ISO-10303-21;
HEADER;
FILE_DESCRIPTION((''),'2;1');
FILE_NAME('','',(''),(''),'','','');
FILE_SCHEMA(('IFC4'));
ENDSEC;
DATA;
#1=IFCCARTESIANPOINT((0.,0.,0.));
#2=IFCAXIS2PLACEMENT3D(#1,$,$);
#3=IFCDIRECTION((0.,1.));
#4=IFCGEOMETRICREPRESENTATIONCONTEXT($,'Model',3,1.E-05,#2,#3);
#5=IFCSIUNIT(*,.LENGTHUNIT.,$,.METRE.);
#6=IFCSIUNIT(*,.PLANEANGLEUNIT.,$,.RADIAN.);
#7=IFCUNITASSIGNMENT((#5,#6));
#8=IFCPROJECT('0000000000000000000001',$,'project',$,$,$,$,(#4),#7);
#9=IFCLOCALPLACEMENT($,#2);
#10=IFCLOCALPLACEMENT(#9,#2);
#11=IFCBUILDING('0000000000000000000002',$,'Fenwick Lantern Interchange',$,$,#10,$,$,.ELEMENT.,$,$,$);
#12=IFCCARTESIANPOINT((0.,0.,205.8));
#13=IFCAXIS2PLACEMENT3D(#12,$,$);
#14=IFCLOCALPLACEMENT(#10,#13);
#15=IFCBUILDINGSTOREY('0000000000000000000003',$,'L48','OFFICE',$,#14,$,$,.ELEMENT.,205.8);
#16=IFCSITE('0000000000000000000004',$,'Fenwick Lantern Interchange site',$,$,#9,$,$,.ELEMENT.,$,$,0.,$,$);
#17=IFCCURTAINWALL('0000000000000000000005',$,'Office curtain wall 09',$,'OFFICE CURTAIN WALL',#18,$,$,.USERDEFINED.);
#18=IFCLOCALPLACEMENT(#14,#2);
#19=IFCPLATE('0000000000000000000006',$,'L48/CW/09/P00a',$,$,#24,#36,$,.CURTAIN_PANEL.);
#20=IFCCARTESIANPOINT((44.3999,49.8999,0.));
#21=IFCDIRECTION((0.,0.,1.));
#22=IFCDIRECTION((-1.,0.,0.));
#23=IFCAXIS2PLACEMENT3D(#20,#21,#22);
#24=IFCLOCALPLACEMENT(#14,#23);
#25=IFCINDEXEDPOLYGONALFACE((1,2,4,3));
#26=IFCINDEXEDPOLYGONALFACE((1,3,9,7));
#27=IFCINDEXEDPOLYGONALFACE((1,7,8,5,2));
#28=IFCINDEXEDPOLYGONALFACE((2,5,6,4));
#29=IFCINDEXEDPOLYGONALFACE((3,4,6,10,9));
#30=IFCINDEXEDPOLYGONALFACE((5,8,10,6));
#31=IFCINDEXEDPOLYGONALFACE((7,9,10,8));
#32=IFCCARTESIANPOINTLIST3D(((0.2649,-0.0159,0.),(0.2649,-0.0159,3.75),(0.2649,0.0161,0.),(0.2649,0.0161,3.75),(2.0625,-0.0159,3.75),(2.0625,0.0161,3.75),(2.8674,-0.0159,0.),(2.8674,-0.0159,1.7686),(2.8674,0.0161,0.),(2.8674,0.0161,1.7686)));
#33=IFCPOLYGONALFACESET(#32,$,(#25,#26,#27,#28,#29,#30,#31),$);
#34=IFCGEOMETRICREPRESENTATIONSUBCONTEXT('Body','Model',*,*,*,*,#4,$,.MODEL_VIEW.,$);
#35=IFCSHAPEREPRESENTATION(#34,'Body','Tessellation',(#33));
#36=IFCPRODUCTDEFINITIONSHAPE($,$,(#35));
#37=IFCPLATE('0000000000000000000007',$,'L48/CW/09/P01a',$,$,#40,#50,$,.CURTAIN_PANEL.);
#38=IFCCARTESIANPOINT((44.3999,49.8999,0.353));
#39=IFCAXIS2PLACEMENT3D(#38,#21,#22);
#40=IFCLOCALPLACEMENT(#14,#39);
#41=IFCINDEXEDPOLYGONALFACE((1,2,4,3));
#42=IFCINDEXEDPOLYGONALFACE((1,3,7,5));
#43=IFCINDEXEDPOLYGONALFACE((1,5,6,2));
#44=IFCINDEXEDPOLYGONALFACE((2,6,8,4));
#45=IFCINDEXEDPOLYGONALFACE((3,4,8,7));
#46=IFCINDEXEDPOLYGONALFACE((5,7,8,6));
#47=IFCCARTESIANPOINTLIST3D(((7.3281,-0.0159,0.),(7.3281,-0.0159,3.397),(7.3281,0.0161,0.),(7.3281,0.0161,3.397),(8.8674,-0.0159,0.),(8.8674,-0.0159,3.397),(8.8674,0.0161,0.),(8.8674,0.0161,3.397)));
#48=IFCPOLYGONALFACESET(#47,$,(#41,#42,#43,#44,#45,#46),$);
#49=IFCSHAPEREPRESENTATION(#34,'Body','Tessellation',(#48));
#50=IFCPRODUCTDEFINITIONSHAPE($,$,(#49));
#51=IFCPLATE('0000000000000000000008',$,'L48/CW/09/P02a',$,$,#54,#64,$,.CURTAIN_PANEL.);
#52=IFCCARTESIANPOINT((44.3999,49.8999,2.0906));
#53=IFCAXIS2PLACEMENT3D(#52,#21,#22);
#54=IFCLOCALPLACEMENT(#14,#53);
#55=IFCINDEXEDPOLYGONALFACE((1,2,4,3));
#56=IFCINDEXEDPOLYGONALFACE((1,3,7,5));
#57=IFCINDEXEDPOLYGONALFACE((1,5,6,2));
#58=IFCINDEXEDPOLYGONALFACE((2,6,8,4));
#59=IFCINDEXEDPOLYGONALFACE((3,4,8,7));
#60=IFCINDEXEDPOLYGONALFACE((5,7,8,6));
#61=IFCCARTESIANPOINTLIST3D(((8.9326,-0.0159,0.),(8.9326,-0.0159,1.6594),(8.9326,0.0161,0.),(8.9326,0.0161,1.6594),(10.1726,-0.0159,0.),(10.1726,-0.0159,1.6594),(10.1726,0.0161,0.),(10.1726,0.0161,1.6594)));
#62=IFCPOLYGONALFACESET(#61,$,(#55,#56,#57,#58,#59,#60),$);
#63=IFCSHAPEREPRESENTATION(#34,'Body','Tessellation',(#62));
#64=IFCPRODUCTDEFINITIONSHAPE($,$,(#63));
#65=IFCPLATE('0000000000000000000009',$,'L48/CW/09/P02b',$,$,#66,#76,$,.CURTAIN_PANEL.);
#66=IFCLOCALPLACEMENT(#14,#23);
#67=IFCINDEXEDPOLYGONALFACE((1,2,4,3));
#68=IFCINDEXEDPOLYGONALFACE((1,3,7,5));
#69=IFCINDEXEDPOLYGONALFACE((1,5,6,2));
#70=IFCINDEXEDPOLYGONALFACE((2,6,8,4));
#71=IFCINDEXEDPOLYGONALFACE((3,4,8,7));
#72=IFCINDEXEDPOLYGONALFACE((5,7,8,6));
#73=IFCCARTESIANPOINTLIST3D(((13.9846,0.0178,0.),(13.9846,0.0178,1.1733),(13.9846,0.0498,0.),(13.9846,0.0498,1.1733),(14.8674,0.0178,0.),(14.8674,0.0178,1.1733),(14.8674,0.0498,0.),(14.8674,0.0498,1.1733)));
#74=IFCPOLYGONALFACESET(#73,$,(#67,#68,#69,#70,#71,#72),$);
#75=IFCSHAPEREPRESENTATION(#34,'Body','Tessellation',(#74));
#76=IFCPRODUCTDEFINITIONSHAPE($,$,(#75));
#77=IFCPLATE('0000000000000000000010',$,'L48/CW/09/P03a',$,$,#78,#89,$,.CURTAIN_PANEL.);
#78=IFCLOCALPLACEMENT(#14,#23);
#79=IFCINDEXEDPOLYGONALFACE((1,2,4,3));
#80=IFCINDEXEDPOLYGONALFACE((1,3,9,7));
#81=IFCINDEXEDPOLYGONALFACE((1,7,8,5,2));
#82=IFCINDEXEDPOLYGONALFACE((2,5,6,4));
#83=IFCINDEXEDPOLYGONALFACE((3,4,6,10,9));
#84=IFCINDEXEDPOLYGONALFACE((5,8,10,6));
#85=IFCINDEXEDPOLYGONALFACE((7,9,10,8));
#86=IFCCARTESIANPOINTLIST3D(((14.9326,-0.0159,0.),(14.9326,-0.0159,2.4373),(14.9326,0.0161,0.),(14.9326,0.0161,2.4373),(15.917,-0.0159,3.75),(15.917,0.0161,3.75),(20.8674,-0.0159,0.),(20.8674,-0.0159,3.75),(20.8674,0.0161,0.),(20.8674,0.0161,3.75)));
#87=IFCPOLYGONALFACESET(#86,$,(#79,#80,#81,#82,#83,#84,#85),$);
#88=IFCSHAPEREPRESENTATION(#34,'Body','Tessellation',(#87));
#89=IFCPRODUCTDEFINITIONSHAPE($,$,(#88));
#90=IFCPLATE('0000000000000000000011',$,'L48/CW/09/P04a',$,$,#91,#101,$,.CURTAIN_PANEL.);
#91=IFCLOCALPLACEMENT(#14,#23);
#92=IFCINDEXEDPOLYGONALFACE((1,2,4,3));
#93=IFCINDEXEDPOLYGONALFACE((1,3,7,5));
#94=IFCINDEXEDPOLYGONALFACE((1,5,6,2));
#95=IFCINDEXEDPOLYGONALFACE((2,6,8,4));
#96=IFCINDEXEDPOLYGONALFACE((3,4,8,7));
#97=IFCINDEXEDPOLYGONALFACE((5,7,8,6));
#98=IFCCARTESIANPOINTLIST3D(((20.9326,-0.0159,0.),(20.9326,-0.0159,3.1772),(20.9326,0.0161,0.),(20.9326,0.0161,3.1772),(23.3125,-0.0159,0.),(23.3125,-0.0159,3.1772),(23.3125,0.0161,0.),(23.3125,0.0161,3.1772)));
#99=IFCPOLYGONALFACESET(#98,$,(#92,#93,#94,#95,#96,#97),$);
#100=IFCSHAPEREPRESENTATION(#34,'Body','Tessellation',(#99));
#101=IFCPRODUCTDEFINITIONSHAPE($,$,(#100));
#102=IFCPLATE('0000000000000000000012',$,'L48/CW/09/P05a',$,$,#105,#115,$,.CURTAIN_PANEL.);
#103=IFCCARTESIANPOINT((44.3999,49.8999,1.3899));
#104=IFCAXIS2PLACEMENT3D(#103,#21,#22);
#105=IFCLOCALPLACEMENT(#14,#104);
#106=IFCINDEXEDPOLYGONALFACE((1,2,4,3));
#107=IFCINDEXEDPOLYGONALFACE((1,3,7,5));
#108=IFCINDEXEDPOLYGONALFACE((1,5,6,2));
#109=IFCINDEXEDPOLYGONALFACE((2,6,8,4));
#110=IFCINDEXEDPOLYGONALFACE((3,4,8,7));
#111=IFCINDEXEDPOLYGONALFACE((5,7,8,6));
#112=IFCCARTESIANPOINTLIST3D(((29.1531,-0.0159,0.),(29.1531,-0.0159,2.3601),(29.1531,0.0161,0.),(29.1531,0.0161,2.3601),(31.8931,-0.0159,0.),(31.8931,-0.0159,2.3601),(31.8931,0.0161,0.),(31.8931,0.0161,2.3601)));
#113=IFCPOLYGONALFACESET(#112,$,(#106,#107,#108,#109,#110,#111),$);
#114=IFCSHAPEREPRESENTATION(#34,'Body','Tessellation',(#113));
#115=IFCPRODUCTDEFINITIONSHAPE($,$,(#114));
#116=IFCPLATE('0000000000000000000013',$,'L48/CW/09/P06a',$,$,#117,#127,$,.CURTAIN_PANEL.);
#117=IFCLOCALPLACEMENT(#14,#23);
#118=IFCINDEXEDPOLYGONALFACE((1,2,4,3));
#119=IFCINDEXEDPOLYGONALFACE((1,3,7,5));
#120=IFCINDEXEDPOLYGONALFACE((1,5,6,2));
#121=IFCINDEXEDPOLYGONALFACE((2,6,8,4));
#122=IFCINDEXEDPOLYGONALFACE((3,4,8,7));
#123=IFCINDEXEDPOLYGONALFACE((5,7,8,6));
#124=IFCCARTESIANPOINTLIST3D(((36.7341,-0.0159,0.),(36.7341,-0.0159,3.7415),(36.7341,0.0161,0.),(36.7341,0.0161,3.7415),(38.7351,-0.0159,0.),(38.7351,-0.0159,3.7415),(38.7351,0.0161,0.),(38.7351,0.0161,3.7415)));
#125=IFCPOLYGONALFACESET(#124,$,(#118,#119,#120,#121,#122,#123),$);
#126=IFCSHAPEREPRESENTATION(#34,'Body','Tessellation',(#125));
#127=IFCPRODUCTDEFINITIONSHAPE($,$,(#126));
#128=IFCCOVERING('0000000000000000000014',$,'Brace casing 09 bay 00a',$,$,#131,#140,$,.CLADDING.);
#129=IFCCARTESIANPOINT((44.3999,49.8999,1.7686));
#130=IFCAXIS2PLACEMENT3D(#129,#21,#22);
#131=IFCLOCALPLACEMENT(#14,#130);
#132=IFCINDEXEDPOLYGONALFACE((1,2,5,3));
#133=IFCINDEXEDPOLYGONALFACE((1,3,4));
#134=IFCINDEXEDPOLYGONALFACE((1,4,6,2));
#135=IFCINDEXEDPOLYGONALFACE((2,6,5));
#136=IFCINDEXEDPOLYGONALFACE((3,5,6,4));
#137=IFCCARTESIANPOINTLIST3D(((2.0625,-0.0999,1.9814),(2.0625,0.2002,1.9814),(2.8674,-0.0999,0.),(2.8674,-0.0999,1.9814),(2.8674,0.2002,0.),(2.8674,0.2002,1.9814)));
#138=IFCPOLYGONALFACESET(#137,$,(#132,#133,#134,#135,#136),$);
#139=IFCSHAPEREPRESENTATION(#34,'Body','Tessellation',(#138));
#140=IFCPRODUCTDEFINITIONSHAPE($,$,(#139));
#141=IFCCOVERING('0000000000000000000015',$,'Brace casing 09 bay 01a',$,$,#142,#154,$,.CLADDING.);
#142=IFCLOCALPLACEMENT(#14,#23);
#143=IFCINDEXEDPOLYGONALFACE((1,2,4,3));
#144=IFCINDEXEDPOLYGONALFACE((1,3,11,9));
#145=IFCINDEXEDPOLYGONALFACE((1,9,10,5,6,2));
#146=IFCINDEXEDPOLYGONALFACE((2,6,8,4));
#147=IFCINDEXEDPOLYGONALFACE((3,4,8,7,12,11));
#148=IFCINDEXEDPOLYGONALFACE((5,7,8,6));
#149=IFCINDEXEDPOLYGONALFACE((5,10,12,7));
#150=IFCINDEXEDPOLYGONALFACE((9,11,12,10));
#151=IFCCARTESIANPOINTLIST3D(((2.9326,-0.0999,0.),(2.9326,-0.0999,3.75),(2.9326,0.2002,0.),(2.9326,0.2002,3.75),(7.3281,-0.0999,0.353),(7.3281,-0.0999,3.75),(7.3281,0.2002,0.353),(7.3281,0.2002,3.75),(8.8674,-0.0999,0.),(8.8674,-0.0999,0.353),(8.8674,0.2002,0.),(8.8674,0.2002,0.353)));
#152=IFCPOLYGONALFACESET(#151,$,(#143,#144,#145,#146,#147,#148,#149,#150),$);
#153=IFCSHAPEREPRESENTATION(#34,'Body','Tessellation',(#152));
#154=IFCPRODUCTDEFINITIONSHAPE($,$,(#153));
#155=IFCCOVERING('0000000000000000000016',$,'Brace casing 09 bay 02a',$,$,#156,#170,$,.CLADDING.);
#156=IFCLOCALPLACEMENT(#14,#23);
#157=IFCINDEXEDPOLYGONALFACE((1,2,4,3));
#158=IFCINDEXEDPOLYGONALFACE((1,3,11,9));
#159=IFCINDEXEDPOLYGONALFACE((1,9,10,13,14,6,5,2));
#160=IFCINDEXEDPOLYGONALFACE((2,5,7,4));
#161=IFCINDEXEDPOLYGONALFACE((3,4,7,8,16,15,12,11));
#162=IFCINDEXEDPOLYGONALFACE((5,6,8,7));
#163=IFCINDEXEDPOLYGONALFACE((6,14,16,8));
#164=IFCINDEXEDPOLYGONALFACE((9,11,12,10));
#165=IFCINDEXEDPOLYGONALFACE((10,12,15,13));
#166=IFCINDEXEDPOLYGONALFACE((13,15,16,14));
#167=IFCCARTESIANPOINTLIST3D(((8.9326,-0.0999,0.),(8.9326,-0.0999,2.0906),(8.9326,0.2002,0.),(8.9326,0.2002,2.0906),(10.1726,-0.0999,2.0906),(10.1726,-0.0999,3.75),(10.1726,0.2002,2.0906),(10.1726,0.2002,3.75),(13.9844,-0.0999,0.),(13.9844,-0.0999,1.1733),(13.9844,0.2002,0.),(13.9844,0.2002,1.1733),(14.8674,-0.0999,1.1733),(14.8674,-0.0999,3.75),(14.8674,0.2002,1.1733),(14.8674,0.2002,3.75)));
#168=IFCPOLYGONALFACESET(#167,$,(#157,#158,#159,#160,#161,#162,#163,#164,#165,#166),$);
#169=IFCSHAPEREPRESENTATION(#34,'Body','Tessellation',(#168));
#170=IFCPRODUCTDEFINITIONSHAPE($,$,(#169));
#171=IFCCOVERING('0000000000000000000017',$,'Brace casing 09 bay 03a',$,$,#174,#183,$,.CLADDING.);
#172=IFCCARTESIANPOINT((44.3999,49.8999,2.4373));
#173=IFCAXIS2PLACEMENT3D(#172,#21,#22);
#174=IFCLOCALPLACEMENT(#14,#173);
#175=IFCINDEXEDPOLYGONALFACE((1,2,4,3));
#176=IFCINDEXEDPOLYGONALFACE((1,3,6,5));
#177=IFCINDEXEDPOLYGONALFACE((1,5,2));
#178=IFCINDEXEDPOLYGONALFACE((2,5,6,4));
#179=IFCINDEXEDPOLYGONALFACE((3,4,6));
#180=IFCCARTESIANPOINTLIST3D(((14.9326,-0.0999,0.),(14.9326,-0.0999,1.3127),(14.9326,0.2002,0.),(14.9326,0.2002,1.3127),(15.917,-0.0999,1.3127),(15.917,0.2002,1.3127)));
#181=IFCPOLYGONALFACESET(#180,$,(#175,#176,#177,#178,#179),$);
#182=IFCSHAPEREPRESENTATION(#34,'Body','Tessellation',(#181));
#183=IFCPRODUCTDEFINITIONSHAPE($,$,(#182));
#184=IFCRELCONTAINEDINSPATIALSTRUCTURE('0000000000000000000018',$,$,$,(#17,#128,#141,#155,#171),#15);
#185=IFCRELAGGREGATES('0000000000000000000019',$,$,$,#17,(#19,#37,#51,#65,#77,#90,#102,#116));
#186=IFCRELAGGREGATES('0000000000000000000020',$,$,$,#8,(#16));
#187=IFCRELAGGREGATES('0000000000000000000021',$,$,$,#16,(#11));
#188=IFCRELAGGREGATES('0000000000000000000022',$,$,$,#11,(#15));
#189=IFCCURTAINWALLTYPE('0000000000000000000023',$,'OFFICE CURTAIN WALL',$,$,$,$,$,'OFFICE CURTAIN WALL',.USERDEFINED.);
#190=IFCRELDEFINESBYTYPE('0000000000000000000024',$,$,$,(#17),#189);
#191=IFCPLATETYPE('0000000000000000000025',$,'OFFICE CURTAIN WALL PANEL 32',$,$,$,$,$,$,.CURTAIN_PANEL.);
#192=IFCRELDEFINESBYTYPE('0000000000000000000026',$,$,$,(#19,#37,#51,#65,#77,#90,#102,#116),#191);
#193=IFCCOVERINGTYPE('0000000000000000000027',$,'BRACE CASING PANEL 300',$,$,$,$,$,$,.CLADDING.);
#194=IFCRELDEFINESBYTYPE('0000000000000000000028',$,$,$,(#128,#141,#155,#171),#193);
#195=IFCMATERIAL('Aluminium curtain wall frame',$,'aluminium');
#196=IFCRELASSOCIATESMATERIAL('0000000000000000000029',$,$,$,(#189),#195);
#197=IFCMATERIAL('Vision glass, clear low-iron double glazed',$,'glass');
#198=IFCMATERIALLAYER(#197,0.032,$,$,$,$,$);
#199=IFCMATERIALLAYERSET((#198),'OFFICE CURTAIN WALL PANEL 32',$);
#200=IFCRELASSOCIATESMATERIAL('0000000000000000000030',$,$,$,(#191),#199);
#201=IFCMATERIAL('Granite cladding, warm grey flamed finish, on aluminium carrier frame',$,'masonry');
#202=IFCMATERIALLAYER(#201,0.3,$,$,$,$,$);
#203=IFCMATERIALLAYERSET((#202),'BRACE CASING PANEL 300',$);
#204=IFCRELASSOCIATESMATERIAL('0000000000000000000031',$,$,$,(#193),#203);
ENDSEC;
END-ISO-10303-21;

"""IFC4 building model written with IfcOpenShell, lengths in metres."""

from ifc_helpers import new_model, si_unit, direction, frame, origin, place, context, subcontext, project, spatial, polyline, outline, extrude, material, layer, layer_set, type_object, element, aggregate, save


model = new_model("IFC4")

# Units and contexts
model_context = context("Model", 3, precision=1e-05, world=origin(), true_north=direction((0.0, 1.0)))
body_context = subcontext(model_context, "Body", "Model", "MODEL_VIEW")
ifc_project = project(units=[si_unit("LENGTHUNIT", "METRE"), si_unit("PLANEANGLEUNIT", "RADIAN")], contexts=[model_context])

# Site, building, storey
site_placement = place(None, origin())
site = spatial("IfcSite", under=ifc_project, at=site_placement, Name="Fenwick Lantern Interchange site", CompositionType="ELEMENT", RefElevation=0.0)
building_placement = place(site_placement, origin())
building = spatial("IfcBuilding", under=site, at=building_placement, Name="Fenwick Lantern Interchange", CompositionType="ELEMENT")
storey_placement = place(building_placement, frame((0.0, 0.0, 205.8)))
storey = spatial("IfcBuildingStorey", under=building, at=storey_placement, Name="L48", Description="OFFICE", CompositionType="ELEMENT", Elevation=205.8)

# Shared definitions
ifc_material_1 = material(Name="Aluminium curtain wall frame", Category="aluminium")
curtain_wall_type = type_object("IfcCurtainWallType", Name="OFFICE CURTAIN WALL", ElementType="OFFICE CURTAIN WALL", PredefinedType="USERDEFINED", material=ifc_material_1)

# Curtain wall
curtain_wall_1_placement = place(storey_placement, origin())
curtain_wall_1 = element("IfcCurtainWall", 1, at=curtain_wall_1_placement, inside=storey, type_object=curtain_wall_type, Name="Office curtain wall 09", ObjectType="OFFICE CURTAIN WALL", PredefinedType="USERDEFINED")

# Plates
ifc_material_2 = material(Name="Vision glass, clear low-iron double glazed", Category="glass")
ifc_layer_1 = layer(ifc_material_2, 0.032)
ifc_layer_set_1 = layer_set([ifc_layer_1], Name="OFFICE CURTAIN WALL PANEL 32")
plate_type = type_object("IfcPlateType", Name="OFFICE CURTAIN WALL PANEL 32", PredefinedType="CURTAIN_PANEL", material=ifc_layer_set_1)
plate_1_placement = place(storey_placement, frame((44.3999, 49.8999, 0.0), z_axis=(0.0, 0.0, 1.0), x_axis=(-1.0, 0.0, 0.0)))
plate_1 = element("IfcPlate", 2, at=plate_1_placement, type_object=plate_type, Name="L48/CW/09/P00a", PredefinedType="CURTAIN_PANEL", context=body_context, shape_type="SweptSolid", body=[
    extrude(outline(polyline([(0.2649, 0.0), (2.8674, 0.0), (2.8674, 1.7686), (2.0625, 3.75), (0.2649, 3.75), (0.2649, 0.0)])), frame((0.0, 0.0161, 0.0), z_axis=(0.0, -1.0, 0.0), x_axis=(1.0, 0.0, 0.0)), (0.0, 0.0, 1.0), 0.032),
])
plate_2_placement = place(storey_placement, frame((44.3999, 49.8999, 0.353), z_axis=(0.0, 0.0, 1.0), x_axis=(-1.0, 0.0, 0.0)))
plate_2 = element("IfcPlate", 3, at=plate_2_placement, type_object=plate_type, Name="L48/CW/09/P01a", PredefinedType="CURTAIN_PANEL", context=body_context, shape_type="SweptSolid", body=[
    extrude(outline(polyline([(7.3281, 0.0), (8.8674, 0.0), (8.8674, 3.397), (7.3281, 3.397), (7.3281, 0.0)])), frame((0.0, 0.0161, 0.0), z_axis=(0.0, -1.0, 0.0), x_axis=(1.0, 0.0, 0.0)), (0.0, 0.0, 1.0), 0.032),
])
plate_3_placement = place(storey_placement, frame((44.3999, 49.8999, 2.0906), z_axis=(0.0, 0.0, 1.0), x_axis=(-1.0, 0.0, 0.0)))
plate_3 = element("IfcPlate", 4, at=plate_3_placement, type_object=plate_type, Name="L48/CW/09/P02a", PredefinedType="CURTAIN_PANEL", context=body_context, shape_type="SweptSolid", body=[
    extrude(outline(polyline([(8.9326, 0.0), (10.1726, 0.0), (10.1726, 1.6594), (8.9326, 1.6594), (8.9326, 0.0)])), frame((0.0, 0.0161, 0.0), z_axis=(0.0, -1.0, 0.0), x_axis=(1.0, 0.0, 0.0)), (0.0, 0.0, 1.0), 0.032),
])
plate_4_placement = place(storey_placement, frame((44.3999, 49.8999, 0.0), z_axis=(0.0, 0.0, 1.0), x_axis=(-1.0, 0.0, 0.0)))
plate_4 = element("IfcPlate", 5, at=plate_4_placement, type_object=plate_type, Name="L48/CW/09/P02b", PredefinedType="CURTAIN_PANEL", context=body_context, shape_type="SweptSolid", body=[
    extrude(outline(polyline([(13.9846, 0.0), (14.8674, 0.0), (14.8674, 1.1733), (13.9846, 1.1733), (13.9846, 0.0)])), frame((0.0, 0.0498, 0.0), z_axis=(0.0, -1.0, 0.0), x_axis=(1.0, 0.0, 0.0)), (0.0, 0.0, 1.0), 0.032),
])
plate_5_placement = place(storey_placement, frame((44.3999, 49.8999, 0.0), z_axis=(0.0, 0.0, 1.0), x_axis=(-1.0, 0.0, 0.0)))
plate_5 = element("IfcPlate", 6, at=plate_5_placement, type_object=plate_type, Name="L48/CW/09/P03a", PredefinedType="CURTAIN_PANEL", context=body_context, shape_type="SweptSolid", body=[
    extrude(outline(polyline([(14.9326, 0.0), (20.8674, 0.0), (20.8674, 3.75), (15.917, 3.75), (14.9326, 2.4373), (14.9326, 0.0)])), frame((0.0, 0.0161, 0.0), z_axis=(0.0, -1.0, 0.0), x_axis=(1.0, 0.0, 0.0)), (0.0, 0.0, 1.0), 0.032),
])
plate_6_placement = place(storey_placement, frame((44.3999, 49.8999, 0.0), z_axis=(0.0, 0.0, 1.0), x_axis=(-1.0, 0.0, 0.0)))
plate_6 = element("IfcPlate", 7, at=plate_6_placement, type_object=plate_type, Name="L48/CW/09/P04a", PredefinedType="CURTAIN_PANEL", context=body_context, shape_type="SweptSolid", body=[
    extrude(outline(polyline([(20.9326, 0.0), (23.3125, 0.0), (23.3125, 3.1772), (20.9326, 3.1772), (20.9326, 0.0)])), frame((0.0, 0.0161, 0.0), z_axis=(0.0, -1.0, 0.0), x_axis=(1.0, 0.0, 0.0)), (0.0, 0.0, 1.0), 0.032),
])
plate_7_placement = place(storey_placement, frame((44.3999, 49.8999, 1.3899), z_axis=(0.0, 0.0, 1.0), x_axis=(-1.0, 0.0, 0.0)))
plate_7 = element("IfcPlate", 8, at=plate_7_placement, type_object=plate_type, Name="L48/CW/09/P05a", PredefinedType="CURTAIN_PANEL", context=body_context, shape_type="SweptSolid", body=[
    extrude(outline(polyline([(29.1531, 0.0), (31.8931, 0.0), (31.8931, 2.3601), (29.1531, 2.3601), (29.1531, 0.0)])), frame((0.0, 0.0161, 0.0), z_axis=(0.0, -1.0, 0.0), x_axis=(1.0, 0.0, 0.0)), (0.0, 0.0, 1.0), 0.032),
])
plate_8_placement = place(storey_placement, frame((44.3999, 49.8999, 0.0), z_axis=(0.0, 0.0, 1.0), x_axis=(-1.0, 0.0, 0.0)))
plate_8 = element("IfcPlate", 9, at=plate_8_placement, type_object=plate_type, Name="L48/CW/09/P06a", PredefinedType="CURTAIN_PANEL", context=body_context, shape_type="SweptSolid", body=[
    extrude(outline(polyline([(36.7341, 0.0), (38.7351, 0.0), (38.7351, 3.7415), (36.7341, 3.7415), (36.7341, 0.0)])), frame((0.0, 0.0161, 0.0), z_axis=(0.0, -1.0, 0.0), x_axis=(1.0, 0.0, 0.0)), (0.0, 0.0, 1.0), 0.032),
])
aggregate(curtain_wall_1, [plate_1, plate_2, plate_3, plate_4, plate_5, plate_6, plate_7, plate_8])

# Coverings
ifc_material_3 = material(Name="Granite cladding, warm grey flamed finish, on aluminium carrier frame", Category="masonry")
ifc_layer_2 = layer(ifc_material_3, 0.3)
ifc_layer_set_2 = layer_set([ifc_layer_2], Name="BRACE CASING PANEL 300")
covering_type = type_object("IfcCoveringType", Name="BRACE CASING PANEL 300", PredefinedType="CLADDING", material=ifc_layer_set_2)
covering_1_placement = place(storey_placement, frame((44.3999, 49.8999, 1.7686), z_axis=(0.0, 0.0, 1.0), x_axis=(-1.0, 0.0, 0.0)))
element("IfcCovering", 10, at=covering_1_placement, inside=storey, type_object=covering_type, Name="Brace casing 09 bay 00a", PredefinedType="CLADDING", context=body_context, shape_type="SweptSolid", body=[
    extrude(outline(polyline([(2.8674, 0.0), (2.8674, 1.9814), (2.0625, 1.9814), (2.8674, 0.0)])), frame((0.0, 0.2002, 0.0), z_axis=(0.0, -1.0, 0.0), x_axis=(1.0, 0.0, 0.0)), (0.0, 0.0, 1.0), 0.3),
])
covering_2_placement = place(storey_placement, frame((44.3999, 49.8999, 0.0), z_axis=(0.0, 0.0, 1.0), x_axis=(-1.0, 0.0, 0.0)))
element("IfcCovering", 11, at=covering_2_placement, inside=storey, type_object=covering_type, Name="Brace casing 09 bay 01a", PredefinedType="CLADDING", context=body_context, shape_type="SweptSolid", body=[
    extrude(outline(polyline([(2.9326, 0.0), (8.8674, 0.0), (8.8674, 0.353), (7.3281, 0.353), (7.3281, 3.75), (2.9326, 3.75), (2.9326, 0.0)])), frame((0.0, 0.2002, 0.0), z_axis=(0.0, -1.0, 0.0), x_axis=(1.0, 0.0, 0.0)), (0.0, 0.0, 1.0), 0.3),
])
covering_3_placement = place(storey_placement, frame((44.3999, 49.8999, 0.0), z_axis=(0.0, 0.0, 1.0), x_axis=(-1.0, 0.0, 0.0)))
element("IfcCovering", 12, at=covering_3_placement, inside=storey, type_object=covering_type, Name="Brace casing 09 bay 02a", PredefinedType="CLADDING", context=body_context, shape_type="SweptSolid", body=[
    extrude(outline(polyline([(8.9326, 0.0), (13.9844, 0.0), (13.9844, 1.1733), (14.8674, 1.1733), (14.8674, 3.75), (10.1726, 3.75), (10.1726, 2.0906), (8.9326, 2.0906), (8.9326, 0.0)])), frame((0.0, 0.2002, 0.0), z_axis=(0.0, -1.0, 0.0), x_axis=(1.0, 0.0, 0.0)), (0.0, 0.0, 1.0), 0.3),
])
covering_4_placement = place(storey_placement, frame((44.3999, 49.8999, 2.4373), z_axis=(0.0, 0.0, 1.0), x_axis=(-1.0, 0.0, 0.0)))
element("IfcCovering", 13, at=covering_4_placement, inside=storey, type_object=covering_type, Name="Brace casing 09 bay 03a", PredefinedType="CLADDING", context=body_context, shape_type="SweptSolid", body=[
    extrude(outline(polyline([(14.9326, 0.0), (15.917, 1.3127), (14.9326, 1.3127), (14.9326, 0.0)])), frame((0.0, 0.2002, 0.0), z_axis=(0.0, -1.0, 0.0), x_axis=(1.0, 0.0, 0.0)), (0.0, 0.0, 1.0), 0.3),
])

save(model, "model.ifc")
